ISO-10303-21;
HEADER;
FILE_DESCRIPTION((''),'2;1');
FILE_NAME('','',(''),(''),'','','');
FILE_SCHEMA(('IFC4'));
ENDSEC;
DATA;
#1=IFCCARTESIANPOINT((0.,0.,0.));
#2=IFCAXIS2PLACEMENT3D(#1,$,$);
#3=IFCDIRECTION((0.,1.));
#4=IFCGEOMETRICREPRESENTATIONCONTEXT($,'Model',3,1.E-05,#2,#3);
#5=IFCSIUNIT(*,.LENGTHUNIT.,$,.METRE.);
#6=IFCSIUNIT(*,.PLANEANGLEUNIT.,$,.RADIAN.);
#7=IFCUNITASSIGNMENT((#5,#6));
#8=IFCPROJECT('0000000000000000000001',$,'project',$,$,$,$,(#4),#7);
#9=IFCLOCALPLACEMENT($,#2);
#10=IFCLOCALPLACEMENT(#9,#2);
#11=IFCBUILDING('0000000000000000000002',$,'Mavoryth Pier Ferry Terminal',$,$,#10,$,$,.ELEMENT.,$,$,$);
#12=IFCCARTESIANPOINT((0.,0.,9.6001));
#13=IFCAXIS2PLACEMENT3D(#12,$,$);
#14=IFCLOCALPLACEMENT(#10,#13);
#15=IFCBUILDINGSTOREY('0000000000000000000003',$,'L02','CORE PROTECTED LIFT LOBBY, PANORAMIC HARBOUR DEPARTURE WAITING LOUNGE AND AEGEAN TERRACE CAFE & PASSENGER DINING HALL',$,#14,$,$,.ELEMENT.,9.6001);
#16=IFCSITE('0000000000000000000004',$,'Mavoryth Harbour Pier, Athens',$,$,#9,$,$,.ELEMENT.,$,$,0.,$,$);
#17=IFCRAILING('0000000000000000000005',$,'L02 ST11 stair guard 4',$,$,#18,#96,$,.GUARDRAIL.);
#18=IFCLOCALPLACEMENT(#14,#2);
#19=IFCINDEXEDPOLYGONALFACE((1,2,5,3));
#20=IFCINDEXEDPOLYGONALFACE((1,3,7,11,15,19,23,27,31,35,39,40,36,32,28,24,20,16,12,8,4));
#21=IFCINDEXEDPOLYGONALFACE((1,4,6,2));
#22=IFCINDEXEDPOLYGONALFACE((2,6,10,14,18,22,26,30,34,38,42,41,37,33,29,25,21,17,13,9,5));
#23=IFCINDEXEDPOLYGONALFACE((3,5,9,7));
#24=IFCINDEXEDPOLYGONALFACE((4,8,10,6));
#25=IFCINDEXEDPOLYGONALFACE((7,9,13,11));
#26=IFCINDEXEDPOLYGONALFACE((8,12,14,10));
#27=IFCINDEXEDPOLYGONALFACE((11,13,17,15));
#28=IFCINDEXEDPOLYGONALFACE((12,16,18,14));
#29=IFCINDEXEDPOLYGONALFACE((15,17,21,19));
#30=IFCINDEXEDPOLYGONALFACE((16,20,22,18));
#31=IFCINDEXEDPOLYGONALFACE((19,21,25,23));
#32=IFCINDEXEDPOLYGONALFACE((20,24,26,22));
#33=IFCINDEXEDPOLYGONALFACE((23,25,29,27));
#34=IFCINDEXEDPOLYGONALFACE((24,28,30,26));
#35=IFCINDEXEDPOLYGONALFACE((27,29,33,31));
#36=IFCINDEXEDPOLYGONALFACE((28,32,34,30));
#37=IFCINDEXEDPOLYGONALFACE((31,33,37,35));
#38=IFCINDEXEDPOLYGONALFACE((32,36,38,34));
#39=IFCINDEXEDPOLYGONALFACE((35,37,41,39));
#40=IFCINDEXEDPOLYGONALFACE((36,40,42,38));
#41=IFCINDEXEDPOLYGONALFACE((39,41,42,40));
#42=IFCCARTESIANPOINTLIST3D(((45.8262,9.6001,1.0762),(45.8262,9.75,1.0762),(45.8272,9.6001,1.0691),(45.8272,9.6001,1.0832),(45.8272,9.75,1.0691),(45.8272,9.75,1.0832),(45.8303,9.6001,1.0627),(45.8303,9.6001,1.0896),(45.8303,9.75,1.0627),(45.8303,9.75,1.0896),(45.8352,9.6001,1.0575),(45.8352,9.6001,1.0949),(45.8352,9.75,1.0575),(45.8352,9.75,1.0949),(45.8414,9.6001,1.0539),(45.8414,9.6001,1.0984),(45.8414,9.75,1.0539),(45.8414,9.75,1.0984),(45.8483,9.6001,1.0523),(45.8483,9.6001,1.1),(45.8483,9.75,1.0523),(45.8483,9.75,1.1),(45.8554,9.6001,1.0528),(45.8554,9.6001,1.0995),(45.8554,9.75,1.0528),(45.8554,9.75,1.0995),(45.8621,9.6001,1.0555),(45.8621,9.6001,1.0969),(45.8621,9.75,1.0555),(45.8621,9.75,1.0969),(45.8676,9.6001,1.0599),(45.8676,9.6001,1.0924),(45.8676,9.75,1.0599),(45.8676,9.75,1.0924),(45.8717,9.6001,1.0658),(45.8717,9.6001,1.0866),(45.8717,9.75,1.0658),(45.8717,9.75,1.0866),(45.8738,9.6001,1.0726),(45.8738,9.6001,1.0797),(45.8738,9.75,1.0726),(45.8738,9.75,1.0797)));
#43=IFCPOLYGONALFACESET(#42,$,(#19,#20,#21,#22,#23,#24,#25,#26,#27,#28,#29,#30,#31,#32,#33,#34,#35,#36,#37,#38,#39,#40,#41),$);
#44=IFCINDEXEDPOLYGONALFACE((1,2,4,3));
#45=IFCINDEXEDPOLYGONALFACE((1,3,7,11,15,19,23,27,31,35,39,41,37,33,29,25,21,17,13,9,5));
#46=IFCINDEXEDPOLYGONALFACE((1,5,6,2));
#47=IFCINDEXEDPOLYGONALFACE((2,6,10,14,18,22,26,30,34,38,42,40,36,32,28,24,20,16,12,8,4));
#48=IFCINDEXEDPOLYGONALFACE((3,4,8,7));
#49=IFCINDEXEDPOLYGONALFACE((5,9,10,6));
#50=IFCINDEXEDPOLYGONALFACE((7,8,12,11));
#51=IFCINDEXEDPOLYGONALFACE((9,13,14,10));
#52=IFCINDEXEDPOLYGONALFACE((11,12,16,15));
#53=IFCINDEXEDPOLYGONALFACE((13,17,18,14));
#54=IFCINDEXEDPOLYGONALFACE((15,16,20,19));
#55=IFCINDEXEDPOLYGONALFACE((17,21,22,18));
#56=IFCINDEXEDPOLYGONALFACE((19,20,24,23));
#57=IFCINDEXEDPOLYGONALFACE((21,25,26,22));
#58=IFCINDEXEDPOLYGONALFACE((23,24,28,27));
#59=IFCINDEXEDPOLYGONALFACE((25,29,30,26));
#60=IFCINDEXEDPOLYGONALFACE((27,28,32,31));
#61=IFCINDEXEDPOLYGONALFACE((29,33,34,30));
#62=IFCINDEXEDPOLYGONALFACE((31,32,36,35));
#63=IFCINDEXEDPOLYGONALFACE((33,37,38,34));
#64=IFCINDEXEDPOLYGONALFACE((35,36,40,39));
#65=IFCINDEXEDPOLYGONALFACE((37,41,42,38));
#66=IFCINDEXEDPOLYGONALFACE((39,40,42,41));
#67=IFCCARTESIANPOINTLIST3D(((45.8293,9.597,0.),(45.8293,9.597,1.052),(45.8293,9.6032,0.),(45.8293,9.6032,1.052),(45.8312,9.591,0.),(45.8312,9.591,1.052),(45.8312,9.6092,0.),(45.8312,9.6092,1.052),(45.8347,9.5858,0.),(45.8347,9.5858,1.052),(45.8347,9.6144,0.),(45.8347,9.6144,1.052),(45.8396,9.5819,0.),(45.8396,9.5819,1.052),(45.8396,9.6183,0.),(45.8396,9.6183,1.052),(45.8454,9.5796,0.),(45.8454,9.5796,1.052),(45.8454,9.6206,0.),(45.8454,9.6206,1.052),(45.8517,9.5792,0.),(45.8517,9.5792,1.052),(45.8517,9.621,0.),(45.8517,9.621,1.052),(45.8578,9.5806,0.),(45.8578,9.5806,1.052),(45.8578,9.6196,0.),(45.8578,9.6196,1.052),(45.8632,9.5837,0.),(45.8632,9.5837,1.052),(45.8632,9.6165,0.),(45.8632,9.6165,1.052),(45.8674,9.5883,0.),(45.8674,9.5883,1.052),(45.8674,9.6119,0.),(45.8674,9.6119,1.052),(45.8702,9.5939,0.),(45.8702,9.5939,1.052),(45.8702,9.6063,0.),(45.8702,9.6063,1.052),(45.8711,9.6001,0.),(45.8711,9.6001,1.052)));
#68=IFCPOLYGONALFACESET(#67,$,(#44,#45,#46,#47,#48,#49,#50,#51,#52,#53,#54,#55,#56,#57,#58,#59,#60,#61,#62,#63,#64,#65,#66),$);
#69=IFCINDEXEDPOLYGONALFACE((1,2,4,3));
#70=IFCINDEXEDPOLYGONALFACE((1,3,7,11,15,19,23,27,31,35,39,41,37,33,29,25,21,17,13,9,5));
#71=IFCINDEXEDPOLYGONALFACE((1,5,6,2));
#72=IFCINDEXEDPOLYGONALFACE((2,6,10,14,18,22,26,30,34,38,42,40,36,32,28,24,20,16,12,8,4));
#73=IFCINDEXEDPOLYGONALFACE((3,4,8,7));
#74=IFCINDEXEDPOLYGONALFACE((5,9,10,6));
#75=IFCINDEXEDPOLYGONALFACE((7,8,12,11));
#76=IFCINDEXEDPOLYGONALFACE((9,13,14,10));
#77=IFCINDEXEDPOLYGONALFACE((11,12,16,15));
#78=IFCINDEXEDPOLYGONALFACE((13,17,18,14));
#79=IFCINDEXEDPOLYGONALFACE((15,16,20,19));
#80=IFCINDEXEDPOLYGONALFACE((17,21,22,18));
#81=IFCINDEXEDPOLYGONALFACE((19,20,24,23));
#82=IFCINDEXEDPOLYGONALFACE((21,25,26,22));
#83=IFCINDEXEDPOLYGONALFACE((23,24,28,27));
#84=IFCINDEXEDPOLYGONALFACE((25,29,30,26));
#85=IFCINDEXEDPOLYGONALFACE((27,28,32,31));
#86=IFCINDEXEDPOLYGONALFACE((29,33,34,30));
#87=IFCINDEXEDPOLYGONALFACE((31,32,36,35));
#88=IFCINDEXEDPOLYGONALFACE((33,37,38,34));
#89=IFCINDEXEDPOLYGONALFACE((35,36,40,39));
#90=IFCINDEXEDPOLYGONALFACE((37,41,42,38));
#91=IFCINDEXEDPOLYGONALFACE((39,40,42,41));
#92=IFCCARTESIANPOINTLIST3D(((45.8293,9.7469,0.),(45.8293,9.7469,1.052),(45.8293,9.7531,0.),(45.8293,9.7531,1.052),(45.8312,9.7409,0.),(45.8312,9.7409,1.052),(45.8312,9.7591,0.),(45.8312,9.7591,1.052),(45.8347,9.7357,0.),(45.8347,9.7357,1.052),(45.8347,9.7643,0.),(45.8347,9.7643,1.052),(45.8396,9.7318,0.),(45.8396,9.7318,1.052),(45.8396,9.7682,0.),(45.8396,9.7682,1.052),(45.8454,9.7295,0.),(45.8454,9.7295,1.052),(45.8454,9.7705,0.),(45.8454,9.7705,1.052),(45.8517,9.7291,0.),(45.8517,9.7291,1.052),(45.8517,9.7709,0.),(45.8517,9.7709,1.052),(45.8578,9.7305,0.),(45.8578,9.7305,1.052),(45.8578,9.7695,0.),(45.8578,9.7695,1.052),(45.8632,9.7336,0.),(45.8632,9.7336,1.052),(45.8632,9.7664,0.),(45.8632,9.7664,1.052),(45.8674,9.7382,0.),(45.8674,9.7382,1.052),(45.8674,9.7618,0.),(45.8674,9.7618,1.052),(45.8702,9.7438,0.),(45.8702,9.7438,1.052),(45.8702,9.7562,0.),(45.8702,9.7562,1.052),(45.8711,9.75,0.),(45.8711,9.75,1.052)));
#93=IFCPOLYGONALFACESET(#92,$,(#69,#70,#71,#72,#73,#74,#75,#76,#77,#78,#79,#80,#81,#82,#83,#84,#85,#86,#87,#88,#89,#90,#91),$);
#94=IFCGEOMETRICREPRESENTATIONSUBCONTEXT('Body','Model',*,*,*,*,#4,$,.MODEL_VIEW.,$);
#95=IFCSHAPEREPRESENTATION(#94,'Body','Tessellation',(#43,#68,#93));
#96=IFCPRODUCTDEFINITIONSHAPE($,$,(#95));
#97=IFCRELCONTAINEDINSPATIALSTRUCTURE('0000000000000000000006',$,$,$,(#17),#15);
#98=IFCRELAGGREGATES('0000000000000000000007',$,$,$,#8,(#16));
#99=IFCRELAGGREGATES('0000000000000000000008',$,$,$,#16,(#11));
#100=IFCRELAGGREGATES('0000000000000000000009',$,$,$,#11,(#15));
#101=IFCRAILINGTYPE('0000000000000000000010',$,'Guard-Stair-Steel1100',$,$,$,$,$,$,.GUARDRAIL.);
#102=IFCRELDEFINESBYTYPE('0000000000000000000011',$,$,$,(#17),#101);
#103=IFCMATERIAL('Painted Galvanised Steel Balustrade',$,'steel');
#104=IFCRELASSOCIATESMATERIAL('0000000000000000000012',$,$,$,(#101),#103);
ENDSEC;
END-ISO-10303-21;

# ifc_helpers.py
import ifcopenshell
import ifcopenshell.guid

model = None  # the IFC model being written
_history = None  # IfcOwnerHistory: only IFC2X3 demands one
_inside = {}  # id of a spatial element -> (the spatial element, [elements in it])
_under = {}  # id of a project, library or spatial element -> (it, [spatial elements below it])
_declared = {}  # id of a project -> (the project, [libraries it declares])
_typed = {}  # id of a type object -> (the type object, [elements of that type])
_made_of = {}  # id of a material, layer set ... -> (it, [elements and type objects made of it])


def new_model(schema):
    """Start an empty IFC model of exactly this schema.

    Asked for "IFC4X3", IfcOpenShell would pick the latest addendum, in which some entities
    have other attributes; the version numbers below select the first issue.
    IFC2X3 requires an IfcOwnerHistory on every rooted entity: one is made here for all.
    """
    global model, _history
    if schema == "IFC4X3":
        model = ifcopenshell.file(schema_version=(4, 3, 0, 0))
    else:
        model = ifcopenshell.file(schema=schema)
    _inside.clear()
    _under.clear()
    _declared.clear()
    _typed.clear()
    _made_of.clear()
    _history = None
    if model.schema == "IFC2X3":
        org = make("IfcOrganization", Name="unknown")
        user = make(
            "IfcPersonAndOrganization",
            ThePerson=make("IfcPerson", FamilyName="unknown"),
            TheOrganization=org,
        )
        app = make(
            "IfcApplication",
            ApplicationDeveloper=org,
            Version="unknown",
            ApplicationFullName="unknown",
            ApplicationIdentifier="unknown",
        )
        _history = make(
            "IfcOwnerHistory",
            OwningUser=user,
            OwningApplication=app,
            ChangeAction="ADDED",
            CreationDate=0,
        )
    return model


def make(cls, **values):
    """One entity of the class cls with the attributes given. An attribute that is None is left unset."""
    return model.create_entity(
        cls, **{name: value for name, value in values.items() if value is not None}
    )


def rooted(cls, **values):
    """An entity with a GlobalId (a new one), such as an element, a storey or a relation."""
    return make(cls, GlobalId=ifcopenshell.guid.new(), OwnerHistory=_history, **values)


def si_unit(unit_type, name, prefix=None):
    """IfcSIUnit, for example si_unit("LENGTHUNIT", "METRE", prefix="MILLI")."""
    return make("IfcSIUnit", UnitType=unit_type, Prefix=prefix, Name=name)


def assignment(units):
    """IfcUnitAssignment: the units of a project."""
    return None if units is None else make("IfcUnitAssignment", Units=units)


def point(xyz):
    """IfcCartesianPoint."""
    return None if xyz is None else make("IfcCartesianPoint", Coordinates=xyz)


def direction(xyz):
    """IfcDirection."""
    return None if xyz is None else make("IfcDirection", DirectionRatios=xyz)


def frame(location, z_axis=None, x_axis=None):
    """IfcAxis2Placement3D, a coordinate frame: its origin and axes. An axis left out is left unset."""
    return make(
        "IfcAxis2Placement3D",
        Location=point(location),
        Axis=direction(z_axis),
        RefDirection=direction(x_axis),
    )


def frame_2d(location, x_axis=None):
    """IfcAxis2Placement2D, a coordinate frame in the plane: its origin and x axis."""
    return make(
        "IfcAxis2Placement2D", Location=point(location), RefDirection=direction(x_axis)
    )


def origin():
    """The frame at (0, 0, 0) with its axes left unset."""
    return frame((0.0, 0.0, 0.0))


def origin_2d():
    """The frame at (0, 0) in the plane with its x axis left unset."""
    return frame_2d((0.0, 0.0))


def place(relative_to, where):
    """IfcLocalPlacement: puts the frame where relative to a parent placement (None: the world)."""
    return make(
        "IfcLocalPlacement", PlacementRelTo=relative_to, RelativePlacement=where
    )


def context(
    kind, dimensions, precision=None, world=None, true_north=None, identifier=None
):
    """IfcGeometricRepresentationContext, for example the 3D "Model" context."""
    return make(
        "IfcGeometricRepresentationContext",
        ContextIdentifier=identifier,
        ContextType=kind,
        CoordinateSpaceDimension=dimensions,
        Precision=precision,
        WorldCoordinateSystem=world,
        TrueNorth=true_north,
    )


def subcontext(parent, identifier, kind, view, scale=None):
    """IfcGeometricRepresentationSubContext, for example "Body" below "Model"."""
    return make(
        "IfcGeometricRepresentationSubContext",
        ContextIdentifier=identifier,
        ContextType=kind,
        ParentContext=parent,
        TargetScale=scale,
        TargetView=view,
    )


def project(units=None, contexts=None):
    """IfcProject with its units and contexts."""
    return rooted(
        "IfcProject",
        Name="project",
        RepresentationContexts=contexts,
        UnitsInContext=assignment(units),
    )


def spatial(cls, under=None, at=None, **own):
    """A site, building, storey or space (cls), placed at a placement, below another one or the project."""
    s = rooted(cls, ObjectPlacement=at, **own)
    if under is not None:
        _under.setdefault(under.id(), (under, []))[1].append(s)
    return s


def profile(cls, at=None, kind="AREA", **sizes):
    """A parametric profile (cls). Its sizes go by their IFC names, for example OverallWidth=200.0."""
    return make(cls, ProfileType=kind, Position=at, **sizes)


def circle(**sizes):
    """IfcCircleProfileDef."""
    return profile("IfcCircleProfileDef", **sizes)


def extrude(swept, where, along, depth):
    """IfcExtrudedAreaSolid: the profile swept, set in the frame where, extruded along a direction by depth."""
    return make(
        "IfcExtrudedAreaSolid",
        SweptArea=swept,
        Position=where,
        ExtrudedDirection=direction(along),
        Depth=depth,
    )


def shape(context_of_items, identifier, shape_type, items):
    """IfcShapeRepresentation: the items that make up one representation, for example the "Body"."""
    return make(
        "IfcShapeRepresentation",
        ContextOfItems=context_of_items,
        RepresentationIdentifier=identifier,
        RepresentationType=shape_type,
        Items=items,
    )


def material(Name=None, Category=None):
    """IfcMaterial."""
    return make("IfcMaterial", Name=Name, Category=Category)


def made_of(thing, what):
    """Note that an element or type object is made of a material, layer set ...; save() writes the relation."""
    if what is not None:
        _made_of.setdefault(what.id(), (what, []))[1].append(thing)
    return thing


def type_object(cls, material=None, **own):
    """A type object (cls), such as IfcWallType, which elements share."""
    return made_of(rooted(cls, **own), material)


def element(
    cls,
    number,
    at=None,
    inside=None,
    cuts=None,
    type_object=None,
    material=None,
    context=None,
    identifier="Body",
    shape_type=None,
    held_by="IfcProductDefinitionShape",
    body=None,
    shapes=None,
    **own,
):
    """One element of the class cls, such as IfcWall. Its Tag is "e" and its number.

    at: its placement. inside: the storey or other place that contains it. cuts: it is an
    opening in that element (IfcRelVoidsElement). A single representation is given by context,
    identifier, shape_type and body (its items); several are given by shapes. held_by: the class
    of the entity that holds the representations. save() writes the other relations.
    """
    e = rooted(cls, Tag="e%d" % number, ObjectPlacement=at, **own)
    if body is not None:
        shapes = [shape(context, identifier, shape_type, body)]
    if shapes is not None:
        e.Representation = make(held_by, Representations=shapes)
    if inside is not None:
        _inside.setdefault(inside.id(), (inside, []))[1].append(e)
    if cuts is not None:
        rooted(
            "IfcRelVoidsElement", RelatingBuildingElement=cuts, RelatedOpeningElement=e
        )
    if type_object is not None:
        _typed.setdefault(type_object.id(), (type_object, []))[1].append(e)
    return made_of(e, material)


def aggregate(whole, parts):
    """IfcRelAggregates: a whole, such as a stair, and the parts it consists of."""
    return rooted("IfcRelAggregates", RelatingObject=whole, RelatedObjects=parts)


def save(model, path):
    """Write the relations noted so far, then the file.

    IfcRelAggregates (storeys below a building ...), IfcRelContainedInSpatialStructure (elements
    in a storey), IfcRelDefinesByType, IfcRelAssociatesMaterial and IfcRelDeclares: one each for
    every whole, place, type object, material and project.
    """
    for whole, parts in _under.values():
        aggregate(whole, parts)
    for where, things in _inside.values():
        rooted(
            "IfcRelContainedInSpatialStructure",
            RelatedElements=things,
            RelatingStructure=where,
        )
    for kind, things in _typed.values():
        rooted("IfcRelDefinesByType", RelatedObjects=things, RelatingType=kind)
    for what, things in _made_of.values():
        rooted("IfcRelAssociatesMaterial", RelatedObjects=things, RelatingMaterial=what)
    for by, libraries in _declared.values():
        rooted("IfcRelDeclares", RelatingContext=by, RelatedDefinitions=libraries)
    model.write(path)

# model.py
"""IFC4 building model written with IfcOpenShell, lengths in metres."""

from ifc_helpers import new_model, si_unit, direction, frame, origin, origin_2d, place, context, subcontext, project, spatial, circle, extrude, material, type_object, element, save


model = new_model("IFC4")

# Units and contexts
model_context = context("Model", 3, precision=1e-05, world=origin(), true_north=direction((0.0, 1.0)))
body_context = subcontext(model_context, "Body", "Model", "MODEL_VIEW")
ifc_project = project(units=[si_unit("LENGTHUNIT", "METRE"), si_unit("PLANEANGLEUNIT", "RADIAN")], contexts=[model_context])

# Site, building, storey
site_placement = place(None, origin())
site = spatial("IfcSite", under=ifc_project, at=site_placement, Name="Mavoryth Harbour Pier, Athens", CompositionType="ELEMENT", RefElevation=0.0)
building_placement = place(site_placement, origin())
building = spatial("IfcBuilding", under=site, at=building_placement, Name="Mavoryth Pier Ferry Terminal", CompositionType="ELEMENT")
storey_placement = place(building_placement, frame((0.0, 0.0, 9.6001)))
storey = spatial("IfcBuildingStorey", under=building, at=storey_placement, Name="L02", Description="CORE PROTECTED LIFT LOBBY, PANORAMIC HARBOUR DEPARTURE WAITING LOUNGE AND AEGEAN TERRACE CAFE & PASSENGER DINING HALL", CompositionType="ELEMENT", Elevation=9.6001)

# Railing
ifc_material_1 = material(Name="Painted Galvanised Steel Balustrade", Category="steel")
railing_type_1 = type_object("IfcRailingType", Name="Guard-Stair-Steel1100", PredefinedType="GUARDRAIL", material=ifc_material_1)
railing_1_placement = place(storey_placement, frame((45.8501, 9.6001, 0.0)))
element("IfcRailing", 1, at=railing_1_placement, inside=storey, type_object=railing_type_1, Name="L02 ST11 stair guard 4", PredefinedType="GUARDRAIL", context=body_context, shape_type="SweptSolid", body=[
    extrude(circle(Radius=0.0239, at=origin_2d()), frame((0.0, 0.0, 1.0762), z_axis=(0.0, 1.0, 0.0), x_axis=(-1.0, 0.0, 0.0)), (0.0, 0.0, 1.0), 0.1499),
    extrude(circle(Radius=0.021, at=origin_2d()), origin(), (0.0, 0.0, 1.0), 1.052),
    extrude(circle(Radius=0.021, at=origin_2d()), frame((0.0, 0.1499, 0.0)), (0.0, 0.0, 1.0), 1.052),
])

save(model, "model.ifc")
